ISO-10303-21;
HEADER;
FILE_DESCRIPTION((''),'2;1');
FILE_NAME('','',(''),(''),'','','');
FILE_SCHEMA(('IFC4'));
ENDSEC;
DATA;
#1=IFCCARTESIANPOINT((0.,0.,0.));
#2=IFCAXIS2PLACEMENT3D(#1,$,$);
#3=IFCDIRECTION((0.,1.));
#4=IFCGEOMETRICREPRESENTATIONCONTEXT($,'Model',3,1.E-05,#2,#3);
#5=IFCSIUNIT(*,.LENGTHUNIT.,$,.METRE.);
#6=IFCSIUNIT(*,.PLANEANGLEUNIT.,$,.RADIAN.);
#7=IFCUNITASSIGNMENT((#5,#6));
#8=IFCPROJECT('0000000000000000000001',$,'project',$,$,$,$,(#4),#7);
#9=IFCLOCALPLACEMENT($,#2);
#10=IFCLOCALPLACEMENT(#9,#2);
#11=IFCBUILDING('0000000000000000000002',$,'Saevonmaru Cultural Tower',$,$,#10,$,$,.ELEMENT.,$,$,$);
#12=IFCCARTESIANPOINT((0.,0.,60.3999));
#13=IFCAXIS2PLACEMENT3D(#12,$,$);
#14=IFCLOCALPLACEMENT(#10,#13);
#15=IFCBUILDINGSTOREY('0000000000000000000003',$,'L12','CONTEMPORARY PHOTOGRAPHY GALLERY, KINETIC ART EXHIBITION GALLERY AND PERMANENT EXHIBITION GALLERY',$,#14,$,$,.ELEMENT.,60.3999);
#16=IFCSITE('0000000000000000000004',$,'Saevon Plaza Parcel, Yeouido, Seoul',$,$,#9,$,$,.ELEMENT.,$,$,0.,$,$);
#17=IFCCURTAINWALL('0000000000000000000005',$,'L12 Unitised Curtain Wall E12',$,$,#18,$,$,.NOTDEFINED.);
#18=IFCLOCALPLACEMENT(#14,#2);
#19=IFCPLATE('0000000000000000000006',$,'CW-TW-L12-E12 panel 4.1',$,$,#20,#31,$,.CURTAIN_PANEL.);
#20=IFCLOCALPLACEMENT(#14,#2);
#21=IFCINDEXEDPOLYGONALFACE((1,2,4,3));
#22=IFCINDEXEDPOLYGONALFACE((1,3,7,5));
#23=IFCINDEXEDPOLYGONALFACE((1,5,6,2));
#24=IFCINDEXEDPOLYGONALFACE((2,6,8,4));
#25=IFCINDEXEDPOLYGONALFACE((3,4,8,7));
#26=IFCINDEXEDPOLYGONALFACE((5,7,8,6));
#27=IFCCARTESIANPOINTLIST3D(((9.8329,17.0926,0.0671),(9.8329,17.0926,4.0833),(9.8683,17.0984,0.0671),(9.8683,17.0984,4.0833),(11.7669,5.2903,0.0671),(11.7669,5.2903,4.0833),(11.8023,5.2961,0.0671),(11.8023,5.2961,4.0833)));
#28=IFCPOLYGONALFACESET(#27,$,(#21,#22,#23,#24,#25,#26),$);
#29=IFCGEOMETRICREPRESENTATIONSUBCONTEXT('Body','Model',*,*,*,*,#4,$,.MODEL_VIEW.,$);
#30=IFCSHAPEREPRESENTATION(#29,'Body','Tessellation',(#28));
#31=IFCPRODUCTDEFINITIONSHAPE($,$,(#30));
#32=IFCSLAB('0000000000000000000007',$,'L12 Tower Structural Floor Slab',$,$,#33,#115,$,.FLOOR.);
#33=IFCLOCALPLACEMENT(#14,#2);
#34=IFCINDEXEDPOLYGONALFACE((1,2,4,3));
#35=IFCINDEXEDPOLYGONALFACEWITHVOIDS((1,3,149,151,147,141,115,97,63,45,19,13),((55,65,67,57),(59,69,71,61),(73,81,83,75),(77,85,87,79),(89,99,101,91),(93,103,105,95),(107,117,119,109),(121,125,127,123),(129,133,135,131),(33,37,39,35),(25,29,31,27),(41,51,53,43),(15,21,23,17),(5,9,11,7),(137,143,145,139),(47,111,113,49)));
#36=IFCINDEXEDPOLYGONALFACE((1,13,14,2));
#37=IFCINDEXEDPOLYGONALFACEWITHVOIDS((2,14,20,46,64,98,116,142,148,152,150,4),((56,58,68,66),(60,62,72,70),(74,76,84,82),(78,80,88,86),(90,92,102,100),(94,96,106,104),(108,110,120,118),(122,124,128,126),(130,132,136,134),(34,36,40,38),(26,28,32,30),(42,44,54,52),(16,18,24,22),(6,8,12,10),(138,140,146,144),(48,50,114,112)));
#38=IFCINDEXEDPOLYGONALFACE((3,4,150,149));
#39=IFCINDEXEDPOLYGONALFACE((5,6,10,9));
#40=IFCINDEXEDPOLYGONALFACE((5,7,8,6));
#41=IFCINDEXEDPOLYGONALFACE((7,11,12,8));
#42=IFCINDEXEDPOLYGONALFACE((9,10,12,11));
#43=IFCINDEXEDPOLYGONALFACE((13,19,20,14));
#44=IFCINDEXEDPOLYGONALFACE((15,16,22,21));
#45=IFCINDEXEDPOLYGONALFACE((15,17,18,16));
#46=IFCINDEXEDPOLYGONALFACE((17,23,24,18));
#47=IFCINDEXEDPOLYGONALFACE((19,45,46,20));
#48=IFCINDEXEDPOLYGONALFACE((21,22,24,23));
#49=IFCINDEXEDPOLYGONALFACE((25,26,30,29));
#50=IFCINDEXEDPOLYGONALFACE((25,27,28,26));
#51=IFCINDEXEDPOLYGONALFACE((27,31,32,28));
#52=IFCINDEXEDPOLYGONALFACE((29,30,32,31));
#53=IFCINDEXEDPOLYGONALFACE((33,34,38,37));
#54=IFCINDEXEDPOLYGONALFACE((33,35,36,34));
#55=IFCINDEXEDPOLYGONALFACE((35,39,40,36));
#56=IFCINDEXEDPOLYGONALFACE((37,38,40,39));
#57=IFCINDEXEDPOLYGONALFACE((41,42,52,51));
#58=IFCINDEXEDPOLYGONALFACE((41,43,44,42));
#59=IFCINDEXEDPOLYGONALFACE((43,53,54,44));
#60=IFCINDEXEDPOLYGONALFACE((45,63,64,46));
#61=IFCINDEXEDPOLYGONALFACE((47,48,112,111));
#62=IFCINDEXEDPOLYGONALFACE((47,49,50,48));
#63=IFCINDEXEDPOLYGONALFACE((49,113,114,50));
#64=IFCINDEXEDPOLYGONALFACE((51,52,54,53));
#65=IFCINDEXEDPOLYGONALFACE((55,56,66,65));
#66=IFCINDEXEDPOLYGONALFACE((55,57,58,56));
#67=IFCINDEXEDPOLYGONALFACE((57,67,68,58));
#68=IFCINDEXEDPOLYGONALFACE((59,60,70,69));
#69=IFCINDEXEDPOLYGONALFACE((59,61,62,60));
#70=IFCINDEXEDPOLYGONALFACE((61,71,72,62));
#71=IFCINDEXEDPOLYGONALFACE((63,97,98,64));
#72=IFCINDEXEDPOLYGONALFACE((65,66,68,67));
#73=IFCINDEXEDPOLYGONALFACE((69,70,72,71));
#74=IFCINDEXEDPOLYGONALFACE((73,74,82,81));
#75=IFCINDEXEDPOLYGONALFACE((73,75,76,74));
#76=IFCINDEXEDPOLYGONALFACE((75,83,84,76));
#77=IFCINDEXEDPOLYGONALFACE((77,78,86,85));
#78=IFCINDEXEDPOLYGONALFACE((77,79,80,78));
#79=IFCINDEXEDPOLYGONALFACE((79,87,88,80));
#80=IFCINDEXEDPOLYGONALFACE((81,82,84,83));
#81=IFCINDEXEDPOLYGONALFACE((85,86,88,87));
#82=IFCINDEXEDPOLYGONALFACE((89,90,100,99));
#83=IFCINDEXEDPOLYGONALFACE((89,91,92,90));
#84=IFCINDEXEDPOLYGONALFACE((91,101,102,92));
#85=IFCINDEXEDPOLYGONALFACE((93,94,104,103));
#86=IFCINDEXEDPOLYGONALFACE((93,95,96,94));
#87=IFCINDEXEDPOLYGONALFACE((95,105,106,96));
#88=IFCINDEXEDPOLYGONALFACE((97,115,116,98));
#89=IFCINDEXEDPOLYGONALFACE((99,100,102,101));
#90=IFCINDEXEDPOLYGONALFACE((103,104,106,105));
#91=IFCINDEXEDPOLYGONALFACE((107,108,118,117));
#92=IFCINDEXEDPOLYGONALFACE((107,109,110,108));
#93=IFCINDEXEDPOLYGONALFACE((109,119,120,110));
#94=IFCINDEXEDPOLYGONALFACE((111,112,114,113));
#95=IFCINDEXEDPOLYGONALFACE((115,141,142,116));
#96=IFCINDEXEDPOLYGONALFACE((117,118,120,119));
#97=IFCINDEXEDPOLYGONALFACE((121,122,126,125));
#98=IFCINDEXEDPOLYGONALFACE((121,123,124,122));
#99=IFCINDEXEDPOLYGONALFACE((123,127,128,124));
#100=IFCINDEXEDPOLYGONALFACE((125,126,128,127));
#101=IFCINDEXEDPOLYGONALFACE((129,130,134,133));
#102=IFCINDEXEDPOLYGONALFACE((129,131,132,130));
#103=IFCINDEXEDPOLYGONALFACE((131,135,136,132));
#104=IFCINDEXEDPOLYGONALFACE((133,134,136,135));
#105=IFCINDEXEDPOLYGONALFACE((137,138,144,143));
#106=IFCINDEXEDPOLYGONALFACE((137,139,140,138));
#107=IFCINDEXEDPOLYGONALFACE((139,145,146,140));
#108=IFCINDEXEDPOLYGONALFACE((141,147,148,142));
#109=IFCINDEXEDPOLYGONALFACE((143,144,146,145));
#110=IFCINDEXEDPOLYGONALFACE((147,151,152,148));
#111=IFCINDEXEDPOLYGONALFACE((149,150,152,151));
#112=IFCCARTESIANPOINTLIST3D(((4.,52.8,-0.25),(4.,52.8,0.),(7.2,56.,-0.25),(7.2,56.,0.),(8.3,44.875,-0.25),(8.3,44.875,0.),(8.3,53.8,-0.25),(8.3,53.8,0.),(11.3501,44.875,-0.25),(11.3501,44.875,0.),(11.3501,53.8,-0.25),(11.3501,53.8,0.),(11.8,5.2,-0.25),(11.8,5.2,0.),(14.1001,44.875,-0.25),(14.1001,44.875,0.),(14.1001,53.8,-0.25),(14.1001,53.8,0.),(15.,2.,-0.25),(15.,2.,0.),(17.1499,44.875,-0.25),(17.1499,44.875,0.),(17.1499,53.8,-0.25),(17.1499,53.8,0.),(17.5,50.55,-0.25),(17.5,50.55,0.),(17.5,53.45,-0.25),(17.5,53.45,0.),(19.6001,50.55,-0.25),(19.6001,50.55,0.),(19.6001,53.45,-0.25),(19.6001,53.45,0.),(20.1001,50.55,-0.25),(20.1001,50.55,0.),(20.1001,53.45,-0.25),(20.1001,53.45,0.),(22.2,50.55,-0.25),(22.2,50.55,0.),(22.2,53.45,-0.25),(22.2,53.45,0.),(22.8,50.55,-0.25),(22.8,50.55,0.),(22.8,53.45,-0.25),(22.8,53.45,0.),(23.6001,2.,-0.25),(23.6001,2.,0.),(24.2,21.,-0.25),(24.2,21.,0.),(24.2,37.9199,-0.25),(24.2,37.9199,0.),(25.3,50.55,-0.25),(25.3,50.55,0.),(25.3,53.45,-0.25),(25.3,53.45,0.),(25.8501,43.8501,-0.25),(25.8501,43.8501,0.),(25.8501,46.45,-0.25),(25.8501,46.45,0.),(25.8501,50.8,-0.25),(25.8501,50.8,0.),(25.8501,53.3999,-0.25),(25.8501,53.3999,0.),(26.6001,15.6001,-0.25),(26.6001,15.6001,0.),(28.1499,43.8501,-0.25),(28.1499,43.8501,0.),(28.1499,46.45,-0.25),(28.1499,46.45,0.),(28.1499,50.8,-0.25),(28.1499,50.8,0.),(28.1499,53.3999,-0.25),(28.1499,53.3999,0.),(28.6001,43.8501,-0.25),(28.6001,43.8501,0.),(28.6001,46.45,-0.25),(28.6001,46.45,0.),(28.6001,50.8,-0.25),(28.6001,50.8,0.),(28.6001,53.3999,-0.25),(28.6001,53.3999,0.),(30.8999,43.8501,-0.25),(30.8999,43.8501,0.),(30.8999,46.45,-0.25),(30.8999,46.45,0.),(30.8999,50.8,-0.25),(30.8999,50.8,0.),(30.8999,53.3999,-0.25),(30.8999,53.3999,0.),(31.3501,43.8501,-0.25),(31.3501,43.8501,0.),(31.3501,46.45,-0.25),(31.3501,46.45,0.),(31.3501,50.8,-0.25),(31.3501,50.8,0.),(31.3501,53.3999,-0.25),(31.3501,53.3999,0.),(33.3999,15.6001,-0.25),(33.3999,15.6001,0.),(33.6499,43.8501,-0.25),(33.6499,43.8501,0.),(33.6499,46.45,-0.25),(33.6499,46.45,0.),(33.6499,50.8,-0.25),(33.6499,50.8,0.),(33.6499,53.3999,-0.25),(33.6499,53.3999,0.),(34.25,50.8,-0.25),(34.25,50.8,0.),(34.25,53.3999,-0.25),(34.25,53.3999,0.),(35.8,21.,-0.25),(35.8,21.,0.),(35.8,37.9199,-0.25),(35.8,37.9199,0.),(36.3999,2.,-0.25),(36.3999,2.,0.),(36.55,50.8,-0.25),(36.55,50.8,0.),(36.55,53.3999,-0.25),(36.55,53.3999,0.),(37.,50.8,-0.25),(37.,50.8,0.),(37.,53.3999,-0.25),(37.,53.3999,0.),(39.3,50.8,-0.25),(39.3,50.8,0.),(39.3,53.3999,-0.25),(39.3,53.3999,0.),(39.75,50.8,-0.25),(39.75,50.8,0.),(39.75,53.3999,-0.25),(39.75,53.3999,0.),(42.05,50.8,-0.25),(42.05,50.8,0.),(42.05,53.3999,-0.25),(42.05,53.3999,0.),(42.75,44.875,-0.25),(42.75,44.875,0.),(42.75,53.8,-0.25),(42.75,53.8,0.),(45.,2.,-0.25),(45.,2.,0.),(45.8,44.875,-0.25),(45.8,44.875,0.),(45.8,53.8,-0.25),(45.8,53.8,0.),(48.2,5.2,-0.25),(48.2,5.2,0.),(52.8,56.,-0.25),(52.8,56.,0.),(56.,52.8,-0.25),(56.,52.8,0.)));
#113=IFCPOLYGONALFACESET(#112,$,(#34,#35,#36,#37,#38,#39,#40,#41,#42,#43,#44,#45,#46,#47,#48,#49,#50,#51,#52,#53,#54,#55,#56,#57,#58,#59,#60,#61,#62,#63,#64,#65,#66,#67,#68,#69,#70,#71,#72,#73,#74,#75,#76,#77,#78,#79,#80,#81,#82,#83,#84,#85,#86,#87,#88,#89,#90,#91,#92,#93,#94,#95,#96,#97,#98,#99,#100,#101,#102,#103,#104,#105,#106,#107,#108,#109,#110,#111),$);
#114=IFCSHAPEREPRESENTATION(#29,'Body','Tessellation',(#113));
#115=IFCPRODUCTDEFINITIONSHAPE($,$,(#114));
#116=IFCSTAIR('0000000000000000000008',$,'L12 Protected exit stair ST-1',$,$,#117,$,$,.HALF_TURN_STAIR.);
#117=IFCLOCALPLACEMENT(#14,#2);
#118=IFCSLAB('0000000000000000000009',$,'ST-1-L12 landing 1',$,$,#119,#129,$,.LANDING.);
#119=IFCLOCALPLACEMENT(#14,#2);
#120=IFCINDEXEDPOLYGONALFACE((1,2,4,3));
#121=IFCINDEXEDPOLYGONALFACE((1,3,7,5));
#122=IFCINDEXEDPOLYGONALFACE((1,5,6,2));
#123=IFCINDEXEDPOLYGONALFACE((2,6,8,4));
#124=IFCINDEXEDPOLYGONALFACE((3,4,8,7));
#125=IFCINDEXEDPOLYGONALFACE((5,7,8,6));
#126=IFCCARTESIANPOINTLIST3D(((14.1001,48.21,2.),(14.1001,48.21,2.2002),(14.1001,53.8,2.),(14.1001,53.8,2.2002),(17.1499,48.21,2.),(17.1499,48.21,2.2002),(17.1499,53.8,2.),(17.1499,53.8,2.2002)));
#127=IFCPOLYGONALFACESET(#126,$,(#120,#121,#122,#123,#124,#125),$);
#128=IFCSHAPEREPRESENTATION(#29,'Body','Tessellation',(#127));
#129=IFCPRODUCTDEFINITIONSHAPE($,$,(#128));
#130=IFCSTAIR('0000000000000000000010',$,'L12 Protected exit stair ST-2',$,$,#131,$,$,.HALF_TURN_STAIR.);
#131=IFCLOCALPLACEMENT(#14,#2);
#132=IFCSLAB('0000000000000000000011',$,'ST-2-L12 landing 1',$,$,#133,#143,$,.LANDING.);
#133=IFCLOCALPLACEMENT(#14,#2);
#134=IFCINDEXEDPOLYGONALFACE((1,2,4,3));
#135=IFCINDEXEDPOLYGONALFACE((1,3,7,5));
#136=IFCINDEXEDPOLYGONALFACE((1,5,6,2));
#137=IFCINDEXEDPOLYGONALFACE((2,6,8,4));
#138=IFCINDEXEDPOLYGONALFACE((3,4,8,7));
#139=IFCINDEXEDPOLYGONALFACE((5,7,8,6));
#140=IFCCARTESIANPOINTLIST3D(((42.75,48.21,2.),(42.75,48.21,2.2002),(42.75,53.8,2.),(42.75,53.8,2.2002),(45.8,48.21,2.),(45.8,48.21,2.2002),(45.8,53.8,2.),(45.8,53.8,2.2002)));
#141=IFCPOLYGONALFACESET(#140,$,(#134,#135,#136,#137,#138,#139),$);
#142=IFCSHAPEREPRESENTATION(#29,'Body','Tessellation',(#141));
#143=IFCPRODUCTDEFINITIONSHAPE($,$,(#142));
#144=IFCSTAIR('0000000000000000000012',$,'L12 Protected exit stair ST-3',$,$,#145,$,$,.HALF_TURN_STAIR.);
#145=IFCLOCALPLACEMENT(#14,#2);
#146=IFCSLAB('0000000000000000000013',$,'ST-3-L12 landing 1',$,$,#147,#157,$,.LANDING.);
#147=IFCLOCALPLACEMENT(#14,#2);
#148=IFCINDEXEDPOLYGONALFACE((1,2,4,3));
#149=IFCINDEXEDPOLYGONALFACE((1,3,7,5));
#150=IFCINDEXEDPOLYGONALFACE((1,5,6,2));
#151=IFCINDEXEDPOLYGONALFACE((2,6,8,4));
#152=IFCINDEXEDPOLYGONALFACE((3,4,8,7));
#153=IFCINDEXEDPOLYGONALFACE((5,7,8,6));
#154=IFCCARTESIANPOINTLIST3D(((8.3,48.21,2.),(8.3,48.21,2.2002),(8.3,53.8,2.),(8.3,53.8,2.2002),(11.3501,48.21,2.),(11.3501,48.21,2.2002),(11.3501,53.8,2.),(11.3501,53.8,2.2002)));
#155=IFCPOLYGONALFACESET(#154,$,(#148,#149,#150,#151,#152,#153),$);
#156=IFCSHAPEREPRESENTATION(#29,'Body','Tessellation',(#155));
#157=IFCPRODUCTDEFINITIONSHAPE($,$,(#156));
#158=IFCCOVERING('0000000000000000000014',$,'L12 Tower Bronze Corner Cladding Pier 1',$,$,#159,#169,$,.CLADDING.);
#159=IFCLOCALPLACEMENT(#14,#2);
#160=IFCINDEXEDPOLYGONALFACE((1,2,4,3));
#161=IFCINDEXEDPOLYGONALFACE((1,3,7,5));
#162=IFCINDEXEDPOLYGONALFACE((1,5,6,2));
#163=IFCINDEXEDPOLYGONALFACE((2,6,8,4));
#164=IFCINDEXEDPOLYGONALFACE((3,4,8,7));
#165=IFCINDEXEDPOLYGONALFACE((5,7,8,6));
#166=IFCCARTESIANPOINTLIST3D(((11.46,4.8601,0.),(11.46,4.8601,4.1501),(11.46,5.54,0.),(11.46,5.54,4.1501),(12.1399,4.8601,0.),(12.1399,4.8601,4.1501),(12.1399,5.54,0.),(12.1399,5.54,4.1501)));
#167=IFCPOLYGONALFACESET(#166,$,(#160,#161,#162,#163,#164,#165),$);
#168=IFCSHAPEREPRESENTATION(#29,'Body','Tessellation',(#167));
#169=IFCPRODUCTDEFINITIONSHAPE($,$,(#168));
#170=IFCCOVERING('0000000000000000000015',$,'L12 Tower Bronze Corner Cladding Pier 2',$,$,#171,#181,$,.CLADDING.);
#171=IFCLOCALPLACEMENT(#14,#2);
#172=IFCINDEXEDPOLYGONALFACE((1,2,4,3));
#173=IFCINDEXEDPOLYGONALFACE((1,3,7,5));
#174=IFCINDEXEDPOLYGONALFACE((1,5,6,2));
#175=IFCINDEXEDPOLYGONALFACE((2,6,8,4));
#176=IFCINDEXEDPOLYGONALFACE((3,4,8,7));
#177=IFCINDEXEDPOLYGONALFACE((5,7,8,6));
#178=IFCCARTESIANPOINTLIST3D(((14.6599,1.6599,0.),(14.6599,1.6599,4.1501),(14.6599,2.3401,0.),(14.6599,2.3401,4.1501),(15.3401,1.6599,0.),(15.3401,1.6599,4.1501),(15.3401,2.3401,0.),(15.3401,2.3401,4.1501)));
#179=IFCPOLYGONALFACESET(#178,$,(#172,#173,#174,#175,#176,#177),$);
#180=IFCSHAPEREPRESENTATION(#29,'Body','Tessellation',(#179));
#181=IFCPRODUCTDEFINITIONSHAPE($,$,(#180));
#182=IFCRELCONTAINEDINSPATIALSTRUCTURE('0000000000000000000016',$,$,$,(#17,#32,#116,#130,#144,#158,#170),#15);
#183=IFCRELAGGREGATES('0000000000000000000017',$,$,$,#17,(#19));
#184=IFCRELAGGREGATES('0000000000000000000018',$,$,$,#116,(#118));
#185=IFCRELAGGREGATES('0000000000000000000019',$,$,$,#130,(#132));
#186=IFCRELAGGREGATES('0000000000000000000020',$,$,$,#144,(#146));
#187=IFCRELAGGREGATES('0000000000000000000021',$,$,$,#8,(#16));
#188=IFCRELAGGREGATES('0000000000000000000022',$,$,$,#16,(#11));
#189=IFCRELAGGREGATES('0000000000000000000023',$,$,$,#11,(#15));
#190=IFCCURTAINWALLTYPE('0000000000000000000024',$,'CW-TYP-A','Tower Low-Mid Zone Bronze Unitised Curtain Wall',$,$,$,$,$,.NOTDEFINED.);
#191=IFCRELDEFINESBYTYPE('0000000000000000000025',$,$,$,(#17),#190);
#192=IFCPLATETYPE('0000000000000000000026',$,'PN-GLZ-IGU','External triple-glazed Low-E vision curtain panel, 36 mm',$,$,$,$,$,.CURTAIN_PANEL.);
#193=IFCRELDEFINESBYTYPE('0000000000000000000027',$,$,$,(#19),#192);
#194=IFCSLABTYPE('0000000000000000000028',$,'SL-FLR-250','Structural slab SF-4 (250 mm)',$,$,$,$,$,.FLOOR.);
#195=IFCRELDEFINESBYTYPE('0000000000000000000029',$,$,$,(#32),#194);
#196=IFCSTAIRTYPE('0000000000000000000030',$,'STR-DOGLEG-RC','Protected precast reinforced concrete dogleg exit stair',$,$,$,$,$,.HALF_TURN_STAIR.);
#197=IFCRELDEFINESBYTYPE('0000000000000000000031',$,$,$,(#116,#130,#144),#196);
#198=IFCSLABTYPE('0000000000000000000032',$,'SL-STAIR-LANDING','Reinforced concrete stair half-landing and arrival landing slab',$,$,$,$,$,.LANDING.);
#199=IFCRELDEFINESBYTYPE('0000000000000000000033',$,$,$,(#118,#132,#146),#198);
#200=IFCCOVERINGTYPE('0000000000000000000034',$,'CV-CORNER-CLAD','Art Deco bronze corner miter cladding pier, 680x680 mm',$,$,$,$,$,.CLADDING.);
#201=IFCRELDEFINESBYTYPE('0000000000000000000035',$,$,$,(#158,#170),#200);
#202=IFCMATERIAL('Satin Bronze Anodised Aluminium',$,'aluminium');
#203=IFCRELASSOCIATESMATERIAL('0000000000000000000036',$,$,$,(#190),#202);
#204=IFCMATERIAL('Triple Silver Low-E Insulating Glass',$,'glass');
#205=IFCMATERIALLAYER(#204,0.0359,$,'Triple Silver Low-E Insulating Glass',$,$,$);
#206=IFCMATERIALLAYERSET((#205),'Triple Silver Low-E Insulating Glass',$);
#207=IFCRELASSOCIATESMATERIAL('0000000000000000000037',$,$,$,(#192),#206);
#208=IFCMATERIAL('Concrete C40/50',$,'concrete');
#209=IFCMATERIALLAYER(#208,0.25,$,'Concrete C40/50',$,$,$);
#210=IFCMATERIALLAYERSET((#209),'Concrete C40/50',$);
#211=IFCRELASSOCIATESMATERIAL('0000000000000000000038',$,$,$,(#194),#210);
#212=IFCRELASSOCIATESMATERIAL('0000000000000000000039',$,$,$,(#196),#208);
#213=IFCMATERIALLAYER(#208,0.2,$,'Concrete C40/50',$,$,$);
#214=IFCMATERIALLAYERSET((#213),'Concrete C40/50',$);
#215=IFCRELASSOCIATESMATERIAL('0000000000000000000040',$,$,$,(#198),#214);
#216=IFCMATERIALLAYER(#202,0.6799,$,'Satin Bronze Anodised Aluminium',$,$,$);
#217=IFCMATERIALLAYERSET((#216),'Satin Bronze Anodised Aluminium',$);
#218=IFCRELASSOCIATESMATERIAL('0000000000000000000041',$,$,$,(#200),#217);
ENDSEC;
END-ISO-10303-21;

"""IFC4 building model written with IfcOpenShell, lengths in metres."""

from ifc_helpers import new_model, si_unit, direction, frame, origin, origin_2d, place, context, subcontext, project, spatial, polyline, rectangle, outline, extrude, material, layer, layer_set, type_object, element, aggregate, save


model = new_model("IFC4")

# Units and contexts
model_context = context("Model", 3, precision=1e-05, world=origin(), true_north=direction((0.0, 1.0)))
body_context = subcontext(model_context, "Body", "Model", "MODEL_VIEW")
ifc_project = project(units=[si_unit("LENGTHUNIT", "METRE"), si_unit("PLANEANGLEUNIT", "RADIAN")], contexts=[model_context])

# Site, building, storey
site_placement = place(None, origin())
site = spatial("IfcSite", under=ifc_project, at=site_placement, Name="Saevon Plaza Parcel, Yeouido, Seoul", CompositionType="ELEMENT", RefElevation=0.0)
building_placement = place(site_placement, origin())
building = spatial("IfcBuilding", under=site, at=building_placement, Name="Saevonmaru Cultural Tower", CompositionType="ELEMENT")
storey_placement = place(building_placement, frame((0.0, 0.0, 60.3999)))
storey = spatial("IfcBuildingStorey", under=building, at=storey_placement, Name="L12", Description="CONTEMPORARY PHOTOGRAPHY GALLERY, KINETIC ART EXHIBITION GALLERY AND PERMANENT EXHIBITION GALLERY", CompositionType="ELEMENT", Elevation=60.3999)

# Curtain wall, plate
ifc_material_1 = material(Name="Satin Bronze Anodised Aluminium", Category="aluminium")
curtain_wall_type = type_object("IfcCurtainWallType", Name="CW-TYP-A", Description="Tower Low-Mid Zone Bronze Unitised Curtain Wall", PredefinedType="NOTDEFINED", material=ifc_material_1)
curtain_wall_placement = place(storey_placement, origin())
curtain_wall = element("IfcCurtainWall", 1, at=curtain_wall_placement, inside=storey, type_object=curtain_wall_type, Name="L12 Unitised Curtain Wall E12", PredefinedType="NOTDEFINED")
ifc_material_2 = material(Name="Triple Silver Low-E Insulating Glass", Category="glass")
ifc_layer_1 = layer(ifc_material_2, 0.0359, Name="Triple Silver Low-E Insulating Glass")
ifc_layer_set_1 = layer_set([ifc_layer_1], Name="Triple Silver Low-E Insulating Glass")
plate_type = type_object("IfcPlateType", Name="PN-GLZ-IGU", Description="External triple-glazed Low-E vision curtain panel, 36 mm", PredefinedType="CURTAIN_PANEL", material=ifc_layer_set_1)
plate_placement = place(storey_placement, frame((10.8176, 11.1943, 0.0671), z_axis=(0.0, 0.0, 1.0), x_axis=(0.161709, -0.986839, 0.0)))
plate = element("IfcPlate", 2, at=plate_placement, type_object=plate_type, Name="CW-TW-L12-E12 panel 4.1", PredefinedType="CURTAIN_PANEL", context=body_context, shape_type="SweptSolid", body=[
    extrude(rectangle(XDim=11.9597, YDim=0.0359, at=origin_2d()), origin(), (0.0, 0.0, 1.0), 4.0161),
])
aggregate(curtain_wall, [plate])

# Slab
ifc_material_3 = material(Name="Concrete C40/50", Category="concrete")
ifc_layer_2 = layer(ifc_material_3, 0.25, Name="Concrete C40/50")
ifc_layer_set_2 = layer_set([ifc_layer_2], Name="Concrete C40/50")
slab_type_1 = type_object("IfcSlabType", Name="SL-FLR-250", Description="Structural slab SF-4 (250 mm)", PredefinedType="FLOOR", material=ifc_layer_set_2)
slab_1_placement = place(storey_placement, frame((0.0, 0.0, -0.25)))
element("IfcSlab", 3, at=slab_1_placement, inside=storey, type_object=slab_type_1, Name="L12 Tower Structural Floor Slab", PredefinedType="FLOOR", context=body_context, shape_type="SweptSolid", body=[
    extrude(outline(polyline([(11.8, 5.2), (15.0, 2.0), (23.6001, 2.0), (26.6001, 15.6001), (33.3999, 15.6001), (36.3999, 2.0), (45.0, 2.0), (48.2, 5.2), (56.0, 52.8), (52.8, 56.0), (7.2, 56.0), (4.0, 52.8), (11.8, 5.2)]), holes=[polyline([(45.8, 44.875), (42.75, 44.875), (42.75, 53.8), (45.8, 53.8), (45.8, 44.875)]), polyline([(39.75, 50.8), (39.75, 53.3999), (42.05, 53.3999), (42.05, 50.8), (39.75, 50.8)]), polyline([(37.0, 50.8), (37.0, 53.3999), (39.3, 53.3999), (39.3, 50.8), (37.0, 50.8)]), polyline([(34.25, 50.8), (34.25, 53.3999), (36.55, 53.3999), (36.55, 50.8), (34.25, 50.8)]), polyline([(24.2, 21.0), (24.2, 37.9199), (35.8, 37.9199), (35.8, 21.0), (24.2, 21.0)]), polyline([(31.3501, 50.8), (31.3501, 53.3999), (33.6499, 53.3999), (33.6499, 50.8), (31.3501, 50.8)]), polyline([(31.3501, 43.8501), (31.3501, 46.45), (33.6499, 46.45), (33.6499, 43.8501), (31.3501, 43.8501)]), polyline([(28.6001, 43.8501), (28.6001, 46.45), (30.8999, 46.45), (30.8999, 43.8501), (28.6001, 43.8501)]), polyline([(28.6001, 50.8), (28.6001, 53.3999), (30.8999, 53.3999), (30.8999, 50.8), (28.6001, 50.8)]), polyline([(25.8501, 50.8), (25.8501, 53.3999), (28.1499, 53.3999), (28.1499, 50.8), (25.8501, 50.8)]), polyline([(25.8501, 43.8501), (25.8501, 46.45), (28.1499, 46.45), (28.1499, 43.8501), (25.8501, 43.8501)]), polyline([(22.8, 50.55), (22.8, 53.45), (25.3, 53.45), (25.3, 50.55), (22.8, 50.55)]), polyline([(20.1001, 50.55), (20.1001, 53.45), (22.2, 53.45), (22.2, 50.55), (20.1001, 50.55)]), polyline([(17.5, 50.55), (17.5, 53.45), (19.6001, 53.45), (19.6001, 50.55), (17.5, 50.55)]), polyline([(17.1499, 44.875), (14.1001, 44.875), (14.1001, 53.8), (17.1499, 53.8), (17.1499, 44.875)]), polyline([(11.3501, 44.875), (8.3, 44.875), (8.3, 53.8), (11.3501, 53.8), (11.3501, 44.875)])]), origin(), (0.0, 0.0, 1.0), 0.25),
])

# Stairs, slabs
stair_type = type_object("IfcStairType", Name="STR-DOGLEG-RC", Description="Protected precast reinforced concrete dogleg exit stair", PredefinedType="HALF_TURN_STAIR", material=ifc_material_3)
stair_1_placement = place(storey_placement, origin())
stair_1 = element("IfcStair", 4, at=stair_1_placement, inside=storey, type_object=stair_type, Name="L12 Protected exit stair ST-1", PredefinedType="HALF_TURN_STAIR")
ifc_layer_3 = layer(ifc_material_3, 0.2, Name="Concrete C40/50")
ifc_layer_set_3 = layer_set([ifc_layer_3], Name="Concrete C40/50")
slab_type_2 = type_object("IfcSlabType", Name="SL-STAIR-LANDING", Description="Reinforced concrete stair half-landing and arrival landing slab", PredefinedType="LANDING", material=ifc_layer_set_3)
slab_2_placement = place(storey_placement, frame((0.0, 0.0, 2.0)))
slab_2 = element("IfcSlab", 5, at=slab_2_placement, type_object=slab_type_2, Name="ST-1-L12 landing 1", PredefinedType="LANDING", context=body_context, shape_type="SweptSolid", body=[
    extrude(outline(polyline([(17.1499, 48.21), (17.1499, 53.8), (14.1001, 53.8), (14.1001, 48.21), (17.1499, 48.21)])), origin(), (0.0, 0.0, 1.0), 0.2002),
])
aggregate(stair_1, [slab_2])
stair_2_placement = place(storey_placement, origin())
stair_2 = element("IfcStair", 6, at=stair_2_placement, inside=storey, type_object=stair_type, Name="L12 Protected exit stair ST-2", PredefinedType="HALF_TURN_STAIR")
slab_3_placement = place(storey_placement, frame((0.0, 0.0, 2.0)))
slab_3 = element("IfcSlab", 7, at=slab_3_placement, type_object=slab_type_2, Name="ST-2-L12 landing 1", PredefinedType="LANDING", context=body_context, shape_type="SweptSolid", body=[
    extrude(outline(polyline([(45.8, 48.21), (45.8, 53.8), (42.75, 53.8), (42.75, 48.21), (45.8, 48.21)])), origin(), (0.0, 0.0, 1.0), 0.2002),
])
aggregate(stair_2, [slab_3])
stair_3_placement = place(storey_placement, origin())
stair_3 = element("IfcStair", 8, at=stair_3_placement, inside=storey, type_object=stair_type, Name="L12 Protected exit stair ST-3", PredefinedType="HALF_TURN_STAIR")
slab_4_placement = place(storey_placement, frame((0.0, 0.0, 2.0)))
slab_4 = element("IfcSlab", 9, at=slab_4_placement, type_object=slab_type_2, Name="ST-3-L12 landing 1", PredefinedType="LANDING", context=body_context, shape_type="SweptSolid", body=[
    extrude(outline(polyline([(11.3501, 48.21), (11.3501, 53.8), (8.3, 53.8), (8.3, 48.21), (11.3501, 48.21)])), origin(), (0.0, 0.0, 1.0), 0.2002),
])
aggregate(stair_3, [slab_4])

# Coverings
ifc_layer_4 = layer(ifc_material_1, 0.6799, Name="Satin Bronze Anodised Aluminium")
ifc_layer_set_4 = layer_set([ifc_layer_4], Name="Satin Bronze Anodised Aluminium")
covering_type = type_object("IfcCoveringType", Name="CV-CORNER-CLAD", Description="Art Deco bronze corner miter cladding pier, 680x680 mm", PredefinedType="CLADDING", material=ifc_layer_set_4)
covering_1_placement = place(storey_placement, origin())
element("IfcCovering", 10, at=covering_1_placement, inside=storey, type_object=covering_type, Name="L12 Tower Bronze Corner Cladding Pier 1", PredefinedType="CLADDING", context=body_context, shape_type="SweptSolid", body=[
    extrude(outline(polyline([(11.46, 4.8601), (12.1399, 4.8601), (12.1399, 5.54), (11.46, 5.54), (11.46, 4.8601)])), origin(), (0.0, 0.0, 1.0), 4.1501),
])
covering_2_placement = place(storey_placement, origin())
element("IfcCovering", 11, at=covering_2_placement, inside=storey, type_object=covering_type, Name="L12 Tower Bronze Corner Cladding Pier 2", PredefinedType="CLADDING", context=body_context, shape_type="SweptSolid", body=[
    extrude(outline(polyline([(14.6599, 1.6599), (15.3401, 1.6599), (15.3401, 2.3401), (14.6599, 2.3401), (14.6599, 1.6599)])), origin(), (0.0, 0.0, 1.0), 4.1501),
])

save(model, "model.ifc")
